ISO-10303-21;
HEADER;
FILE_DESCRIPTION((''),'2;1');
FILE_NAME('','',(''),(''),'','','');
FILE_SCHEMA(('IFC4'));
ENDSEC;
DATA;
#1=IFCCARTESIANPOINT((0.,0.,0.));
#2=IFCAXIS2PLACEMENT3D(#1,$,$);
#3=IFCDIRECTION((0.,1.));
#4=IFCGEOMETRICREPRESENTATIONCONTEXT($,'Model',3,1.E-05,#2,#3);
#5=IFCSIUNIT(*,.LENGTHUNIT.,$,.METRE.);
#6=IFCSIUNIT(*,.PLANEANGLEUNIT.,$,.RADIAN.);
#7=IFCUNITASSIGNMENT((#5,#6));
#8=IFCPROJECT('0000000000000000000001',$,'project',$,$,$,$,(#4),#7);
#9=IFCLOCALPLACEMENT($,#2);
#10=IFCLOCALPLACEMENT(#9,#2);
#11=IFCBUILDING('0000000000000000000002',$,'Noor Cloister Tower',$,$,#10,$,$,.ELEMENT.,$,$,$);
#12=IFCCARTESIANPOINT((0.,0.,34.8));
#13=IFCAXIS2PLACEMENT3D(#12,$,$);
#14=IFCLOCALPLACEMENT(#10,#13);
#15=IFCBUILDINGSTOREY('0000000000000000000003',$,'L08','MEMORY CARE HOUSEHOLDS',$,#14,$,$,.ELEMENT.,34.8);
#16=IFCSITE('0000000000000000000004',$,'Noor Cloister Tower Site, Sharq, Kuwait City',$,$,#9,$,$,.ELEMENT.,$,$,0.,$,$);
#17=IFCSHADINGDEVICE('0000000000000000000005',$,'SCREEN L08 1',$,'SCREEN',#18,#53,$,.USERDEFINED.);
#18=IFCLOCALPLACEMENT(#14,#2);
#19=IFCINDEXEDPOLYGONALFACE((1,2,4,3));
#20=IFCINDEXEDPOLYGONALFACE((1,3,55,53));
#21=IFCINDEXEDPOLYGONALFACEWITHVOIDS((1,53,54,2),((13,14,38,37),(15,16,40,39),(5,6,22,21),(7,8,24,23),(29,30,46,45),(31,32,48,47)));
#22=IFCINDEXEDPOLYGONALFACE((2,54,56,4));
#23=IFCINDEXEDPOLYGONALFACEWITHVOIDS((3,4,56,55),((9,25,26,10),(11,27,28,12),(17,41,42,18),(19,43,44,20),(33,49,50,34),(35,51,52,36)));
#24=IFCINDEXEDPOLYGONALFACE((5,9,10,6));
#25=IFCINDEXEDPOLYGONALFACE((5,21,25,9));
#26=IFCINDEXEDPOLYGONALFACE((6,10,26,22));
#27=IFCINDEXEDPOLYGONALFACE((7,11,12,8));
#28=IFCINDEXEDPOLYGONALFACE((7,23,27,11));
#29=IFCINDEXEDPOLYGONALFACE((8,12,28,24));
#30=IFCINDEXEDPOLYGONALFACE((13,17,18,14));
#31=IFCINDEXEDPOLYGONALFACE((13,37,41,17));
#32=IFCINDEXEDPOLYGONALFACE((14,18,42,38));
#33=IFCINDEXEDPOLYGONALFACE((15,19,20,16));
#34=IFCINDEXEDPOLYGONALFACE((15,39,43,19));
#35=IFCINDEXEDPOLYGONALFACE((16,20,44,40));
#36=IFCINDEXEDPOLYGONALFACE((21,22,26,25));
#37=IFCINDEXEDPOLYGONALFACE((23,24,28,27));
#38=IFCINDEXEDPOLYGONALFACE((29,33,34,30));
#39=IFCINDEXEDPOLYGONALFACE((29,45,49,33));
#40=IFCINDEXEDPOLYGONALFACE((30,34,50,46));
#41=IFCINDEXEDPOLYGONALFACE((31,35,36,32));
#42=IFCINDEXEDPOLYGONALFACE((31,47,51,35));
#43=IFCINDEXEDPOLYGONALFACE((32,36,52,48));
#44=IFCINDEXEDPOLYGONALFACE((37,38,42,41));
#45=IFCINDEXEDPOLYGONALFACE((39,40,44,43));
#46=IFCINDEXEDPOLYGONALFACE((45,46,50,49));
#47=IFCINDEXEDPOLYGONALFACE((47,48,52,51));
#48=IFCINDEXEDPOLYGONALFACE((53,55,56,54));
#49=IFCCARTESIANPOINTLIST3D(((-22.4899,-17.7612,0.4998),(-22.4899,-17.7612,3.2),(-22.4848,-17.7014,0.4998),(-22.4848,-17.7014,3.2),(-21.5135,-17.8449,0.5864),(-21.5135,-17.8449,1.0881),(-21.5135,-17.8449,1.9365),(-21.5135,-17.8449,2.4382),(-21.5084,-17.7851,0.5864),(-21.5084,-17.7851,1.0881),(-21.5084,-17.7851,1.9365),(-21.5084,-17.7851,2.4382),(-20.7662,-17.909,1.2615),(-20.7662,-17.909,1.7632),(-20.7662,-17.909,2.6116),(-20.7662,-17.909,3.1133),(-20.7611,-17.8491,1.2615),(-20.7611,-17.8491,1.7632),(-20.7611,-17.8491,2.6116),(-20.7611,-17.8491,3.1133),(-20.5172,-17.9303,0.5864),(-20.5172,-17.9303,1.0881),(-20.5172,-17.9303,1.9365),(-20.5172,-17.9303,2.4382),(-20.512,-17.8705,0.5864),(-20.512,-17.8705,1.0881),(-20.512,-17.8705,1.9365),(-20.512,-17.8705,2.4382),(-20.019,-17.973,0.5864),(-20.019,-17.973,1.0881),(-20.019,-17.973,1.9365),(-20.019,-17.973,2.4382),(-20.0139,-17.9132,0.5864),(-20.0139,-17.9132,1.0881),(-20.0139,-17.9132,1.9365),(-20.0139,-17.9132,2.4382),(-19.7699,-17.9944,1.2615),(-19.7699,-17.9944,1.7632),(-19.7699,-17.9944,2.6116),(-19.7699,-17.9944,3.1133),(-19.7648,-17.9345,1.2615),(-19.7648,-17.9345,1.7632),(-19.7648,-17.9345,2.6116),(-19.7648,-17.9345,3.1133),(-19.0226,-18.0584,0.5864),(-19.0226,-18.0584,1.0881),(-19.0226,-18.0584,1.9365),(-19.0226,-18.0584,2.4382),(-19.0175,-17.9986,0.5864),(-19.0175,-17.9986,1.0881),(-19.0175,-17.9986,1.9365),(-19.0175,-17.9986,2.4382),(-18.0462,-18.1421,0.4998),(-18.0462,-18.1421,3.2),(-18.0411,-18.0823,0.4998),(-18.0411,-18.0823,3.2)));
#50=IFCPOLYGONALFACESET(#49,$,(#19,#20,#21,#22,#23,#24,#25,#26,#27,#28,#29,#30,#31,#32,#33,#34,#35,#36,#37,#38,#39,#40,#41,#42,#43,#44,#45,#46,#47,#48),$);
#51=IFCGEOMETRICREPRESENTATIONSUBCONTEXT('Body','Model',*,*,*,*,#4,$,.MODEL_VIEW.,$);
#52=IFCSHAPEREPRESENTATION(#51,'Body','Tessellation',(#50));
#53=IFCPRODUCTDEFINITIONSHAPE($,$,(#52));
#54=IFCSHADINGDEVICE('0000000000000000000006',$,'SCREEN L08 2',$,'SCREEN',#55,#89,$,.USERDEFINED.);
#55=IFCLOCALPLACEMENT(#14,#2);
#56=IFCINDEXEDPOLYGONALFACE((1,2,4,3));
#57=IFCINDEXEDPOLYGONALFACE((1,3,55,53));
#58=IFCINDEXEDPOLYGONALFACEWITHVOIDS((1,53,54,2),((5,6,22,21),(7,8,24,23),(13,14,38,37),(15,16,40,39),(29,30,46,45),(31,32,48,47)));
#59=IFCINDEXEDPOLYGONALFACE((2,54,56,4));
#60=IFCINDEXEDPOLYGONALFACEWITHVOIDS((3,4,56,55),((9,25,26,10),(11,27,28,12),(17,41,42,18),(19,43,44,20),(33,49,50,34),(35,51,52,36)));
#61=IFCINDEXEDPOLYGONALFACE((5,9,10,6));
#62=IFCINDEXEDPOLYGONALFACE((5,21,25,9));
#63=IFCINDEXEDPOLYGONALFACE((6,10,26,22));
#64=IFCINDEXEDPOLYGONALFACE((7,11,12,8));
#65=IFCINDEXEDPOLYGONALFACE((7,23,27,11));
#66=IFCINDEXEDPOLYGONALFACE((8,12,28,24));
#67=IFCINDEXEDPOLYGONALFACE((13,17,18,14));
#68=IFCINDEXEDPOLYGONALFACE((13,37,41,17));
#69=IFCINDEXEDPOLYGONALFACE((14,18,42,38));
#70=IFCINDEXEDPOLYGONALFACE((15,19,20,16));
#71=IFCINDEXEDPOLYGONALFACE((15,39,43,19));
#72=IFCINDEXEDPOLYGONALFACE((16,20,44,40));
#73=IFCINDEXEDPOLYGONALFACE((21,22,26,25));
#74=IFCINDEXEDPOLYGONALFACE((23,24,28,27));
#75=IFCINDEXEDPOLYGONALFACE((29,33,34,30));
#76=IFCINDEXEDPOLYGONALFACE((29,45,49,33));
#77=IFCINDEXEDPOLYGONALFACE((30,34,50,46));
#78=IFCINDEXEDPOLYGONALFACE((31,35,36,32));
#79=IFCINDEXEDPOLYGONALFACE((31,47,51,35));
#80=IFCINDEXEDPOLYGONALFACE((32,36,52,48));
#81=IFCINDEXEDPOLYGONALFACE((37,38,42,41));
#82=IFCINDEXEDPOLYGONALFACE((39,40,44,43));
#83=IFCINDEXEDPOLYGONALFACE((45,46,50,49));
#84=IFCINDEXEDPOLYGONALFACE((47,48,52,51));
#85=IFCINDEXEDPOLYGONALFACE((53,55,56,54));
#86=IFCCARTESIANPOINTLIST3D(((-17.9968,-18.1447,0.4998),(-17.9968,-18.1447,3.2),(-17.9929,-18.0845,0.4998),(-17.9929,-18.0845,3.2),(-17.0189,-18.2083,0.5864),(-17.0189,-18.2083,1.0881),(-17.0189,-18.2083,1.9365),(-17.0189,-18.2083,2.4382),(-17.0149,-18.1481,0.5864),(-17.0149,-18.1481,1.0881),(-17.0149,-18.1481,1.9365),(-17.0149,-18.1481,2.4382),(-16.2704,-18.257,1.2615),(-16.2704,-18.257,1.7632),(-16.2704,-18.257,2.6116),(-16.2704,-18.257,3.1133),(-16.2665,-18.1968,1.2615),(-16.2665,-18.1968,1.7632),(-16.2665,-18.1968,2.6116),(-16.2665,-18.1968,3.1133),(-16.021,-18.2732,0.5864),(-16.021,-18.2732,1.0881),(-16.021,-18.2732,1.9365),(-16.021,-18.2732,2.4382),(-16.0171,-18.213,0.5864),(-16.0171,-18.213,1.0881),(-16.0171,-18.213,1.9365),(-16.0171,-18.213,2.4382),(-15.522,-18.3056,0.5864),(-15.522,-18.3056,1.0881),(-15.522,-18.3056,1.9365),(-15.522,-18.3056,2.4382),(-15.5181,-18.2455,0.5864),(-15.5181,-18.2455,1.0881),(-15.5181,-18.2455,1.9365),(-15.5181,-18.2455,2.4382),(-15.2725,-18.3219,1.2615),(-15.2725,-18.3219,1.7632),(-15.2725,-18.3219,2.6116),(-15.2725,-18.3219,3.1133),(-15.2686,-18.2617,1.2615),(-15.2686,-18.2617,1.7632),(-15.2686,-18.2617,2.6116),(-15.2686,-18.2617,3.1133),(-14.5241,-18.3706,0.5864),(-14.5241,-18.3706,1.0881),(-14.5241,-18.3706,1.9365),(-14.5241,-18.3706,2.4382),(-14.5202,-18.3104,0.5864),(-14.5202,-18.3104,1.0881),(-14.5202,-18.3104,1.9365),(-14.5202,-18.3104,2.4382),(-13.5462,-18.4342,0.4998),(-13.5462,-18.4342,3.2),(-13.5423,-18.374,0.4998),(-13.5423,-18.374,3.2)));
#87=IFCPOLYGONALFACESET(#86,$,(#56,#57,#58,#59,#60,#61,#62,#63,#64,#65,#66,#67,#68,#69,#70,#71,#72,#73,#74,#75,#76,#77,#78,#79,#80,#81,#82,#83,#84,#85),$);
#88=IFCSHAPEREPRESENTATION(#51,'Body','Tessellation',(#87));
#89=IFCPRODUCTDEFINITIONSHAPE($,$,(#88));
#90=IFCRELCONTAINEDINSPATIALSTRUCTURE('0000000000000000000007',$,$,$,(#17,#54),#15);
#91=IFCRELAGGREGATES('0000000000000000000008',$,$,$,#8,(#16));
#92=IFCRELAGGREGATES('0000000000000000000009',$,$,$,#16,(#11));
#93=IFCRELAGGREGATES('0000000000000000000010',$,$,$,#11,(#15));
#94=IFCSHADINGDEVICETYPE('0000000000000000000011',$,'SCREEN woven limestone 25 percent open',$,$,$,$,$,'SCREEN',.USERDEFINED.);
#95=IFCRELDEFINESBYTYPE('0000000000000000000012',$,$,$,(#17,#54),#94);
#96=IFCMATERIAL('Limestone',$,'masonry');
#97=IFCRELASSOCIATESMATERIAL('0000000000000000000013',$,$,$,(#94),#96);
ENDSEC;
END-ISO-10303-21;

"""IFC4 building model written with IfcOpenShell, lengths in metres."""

from ifc_helpers import new_model, si_unit, direction, frame, origin, place, context, subcontext, project, spatial, polyline, outline, extrude, material, material_profile, profile_set, type_object, element, save


model = new_model("IFC4")

# Units and contexts
model_context = context("Model", 3, precision=1e-05, world=origin(), true_north=direction((0.0, 1.0)))
body_context = subcontext(model_context, "Body", "Model", "MODEL_VIEW")
ifc_project = project(units=[si_unit("LENGTHUNIT", "METRE"), si_unit("PLANEANGLEUNIT", "RADIAN")], contexts=[model_context])

# Site, building, storey
site_placement = place(None, origin())
site = spatial("IfcSite", under=ifc_project, at=site_placement, Name="Noor Cloister Tower Site, Sharq, Kuwait City", CompositionType="ELEMENT", RefElevation=0.0)
building_placement = place(site_placement, origin())
building = spatial("IfcBuilding", under=site, at=building_placement, Name="Noor Cloister Tower", CompositionType="ELEMENT")
storey_placement = place(building_placement, frame((0.0, 0.0, 34.8)))
storey = spatial("IfcBuildingStorey", under=building, at=storey_placement, Name="L08", Description="MEMORY CARE HOUSEHOLDS", CompositionType="ELEMENT", Elevation=34.8)

# Shading devices
ifc_material_1 = material(Name="Limestone", Category="masonry")
ifc_material_profile_1 = material_profile(ifc_material_1, outline(polyline([(-2.23, -1.3501), (2.23, -1.3501), (2.23, 1.3501), (-2.23, 1.3501), (-2.23, -1.3501)]), holes=[polyline([(-1.25, -1.2634), (-0.25, -1.2634), (-0.25, -0.7617), (-1.25, -0.7617), (-1.25, -1.2634)]), polyline([(0.25, -1.2634), (1.25, -1.2634), (1.25, -0.7617), (0.25, -0.7617), (0.25, -1.2634)]), polyline([(-0.5, -0.5884), (0.5, -0.5884), (0.5, -0.0867), (-0.5, -0.0867), (-0.5, -0.5884)]), polyline([(-1.25, 0.0867), (-0.25, 0.0867), (-0.25, 0.5884), (-1.25, 0.5884), (-1.25, 0.0867)]), polyline([(0.25, 0.0867), (1.25, 0.0867), (1.25, 0.5884), (0.25, 0.5884), (0.25, 0.0867)]), polyline([(-0.5, 0.7617), (0.5, 0.7617), (0.5, 1.2634), (-0.5, 1.2634), (-0.5, 0.7617)])]), Name="Woven screen 25 percent open")
ifc_profile_set_1 = profile_set([ifc_material_profile_1], Name="Limestone")
shading_device_type = type_object("IfcShadingDeviceType", Name="SCREEN woven limestone 25 percent open", ElementType="SCREEN", PredefinedType="USERDEFINED", material=ifc_profile_set_1)
shading_device_1_placement = place(storey_placement, frame((-20.2629, -17.8918, 1.8499), z_axis=(-0.085401, -0.996347, 0.0), x_axis=(0.996347, -0.085401, 0.0)))
element("IfcShadingDevice", 1, at=shading_device_1_placement, inside=storey, type_object=shading_device_type, Name="SCREEN L08 1", ObjectType="SCREEN", PredefinedType="USERDEFINED", context=body_context, shape_type="SweptSolid", body=[
    extrude(outline(polyline([(-2.23, -1.3501), (2.23, -1.3501), (2.23, 1.3501), (-2.23, 1.3501), (-2.23, -1.3501)]), holes=[polyline([(-1.25, -1.2634), (-0.25, -1.2634), (-0.25, -0.7617), (-1.25, -0.7617), (-1.25, -1.2634)]), polyline([(0.25, -1.2634), (1.25, -1.2634), (1.25, -0.7617), (0.25, -0.7617), (0.25, -1.2634)]), polyline([(-0.5, -0.5884), (0.5, -0.5884), (0.5, -0.0867), (-0.5, -0.0867), (-0.5, -0.5884)]), polyline([(-1.25, 0.0867), (-0.25, 0.0867), (-0.25, 0.5884), (-1.25, 0.5884), (-1.25, 0.0867)]), polyline([(0.25, 0.0867), (1.25, 0.0867), (1.25, 0.5884), (0.25, 0.5884), (0.25, 0.0867)]), polyline([(-0.5, 0.7617), (0.5, 0.7617), (0.5, 1.2634), (-0.5, 1.2634), (-0.5, 0.7617)])]), origin(), (0.0, 0.0, 1.0), 0.0601),
])
shading_device_2_placement = place(storey_placement, frame((-15.7676, -18.2292, 1.8499), z_axis=(-0.064904, -0.997892, 0.0), x_axis=(0.997892, -0.064904, 0.0)))
element("IfcShadingDevice", 2, at=shading_device_2_placement, inside=storey, type_object=shading_device_type, Name="SCREEN L08 2", ObjectType="SCREEN", PredefinedType="USERDEFINED", context=body_context, shape_type="SweptSolid", body=[
    extrude(outline(polyline([(-2.23, -1.3501), (2.23, -1.3501), (2.23, 1.3501), (-2.23, 1.3501), (-2.23, -1.3501)]), holes=[polyline([(-1.25, -1.2634), (-0.25, -1.2634), (-0.25, -0.7617), (-1.25, -0.7617), (-1.25, -1.2634)]), polyline([(0.25, -1.2634), (1.25, -1.2634), (1.25, -0.7617), (0.25, -0.7617), (0.25, -1.2634)]), polyline([(-0.5, -0.5884), (0.5, -0.5884), (0.5, -0.0867), (-0.5, -0.0867), (-0.5, -0.5884)]), polyline([(-1.25, 0.0867), (-0.25, 0.0867), (-0.25, 0.5884), (-1.25, 0.5884), (-1.25, 0.0867)]), polyline([(0.25, 0.0867), (1.25, 0.0867), (1.25, 0.5884), (0.25, 0.5884), (0.25, 0.0867)]), polyline([(-0.5, 0.7617), (0.5, 0.7617), (0.5, 1.2634), (-0.5, 1.2634), (-0.5, 0.7617)])]), origin(), (0.0, 0.0, 1.0), 0.0603),
])

save(model, "model.ifc")
